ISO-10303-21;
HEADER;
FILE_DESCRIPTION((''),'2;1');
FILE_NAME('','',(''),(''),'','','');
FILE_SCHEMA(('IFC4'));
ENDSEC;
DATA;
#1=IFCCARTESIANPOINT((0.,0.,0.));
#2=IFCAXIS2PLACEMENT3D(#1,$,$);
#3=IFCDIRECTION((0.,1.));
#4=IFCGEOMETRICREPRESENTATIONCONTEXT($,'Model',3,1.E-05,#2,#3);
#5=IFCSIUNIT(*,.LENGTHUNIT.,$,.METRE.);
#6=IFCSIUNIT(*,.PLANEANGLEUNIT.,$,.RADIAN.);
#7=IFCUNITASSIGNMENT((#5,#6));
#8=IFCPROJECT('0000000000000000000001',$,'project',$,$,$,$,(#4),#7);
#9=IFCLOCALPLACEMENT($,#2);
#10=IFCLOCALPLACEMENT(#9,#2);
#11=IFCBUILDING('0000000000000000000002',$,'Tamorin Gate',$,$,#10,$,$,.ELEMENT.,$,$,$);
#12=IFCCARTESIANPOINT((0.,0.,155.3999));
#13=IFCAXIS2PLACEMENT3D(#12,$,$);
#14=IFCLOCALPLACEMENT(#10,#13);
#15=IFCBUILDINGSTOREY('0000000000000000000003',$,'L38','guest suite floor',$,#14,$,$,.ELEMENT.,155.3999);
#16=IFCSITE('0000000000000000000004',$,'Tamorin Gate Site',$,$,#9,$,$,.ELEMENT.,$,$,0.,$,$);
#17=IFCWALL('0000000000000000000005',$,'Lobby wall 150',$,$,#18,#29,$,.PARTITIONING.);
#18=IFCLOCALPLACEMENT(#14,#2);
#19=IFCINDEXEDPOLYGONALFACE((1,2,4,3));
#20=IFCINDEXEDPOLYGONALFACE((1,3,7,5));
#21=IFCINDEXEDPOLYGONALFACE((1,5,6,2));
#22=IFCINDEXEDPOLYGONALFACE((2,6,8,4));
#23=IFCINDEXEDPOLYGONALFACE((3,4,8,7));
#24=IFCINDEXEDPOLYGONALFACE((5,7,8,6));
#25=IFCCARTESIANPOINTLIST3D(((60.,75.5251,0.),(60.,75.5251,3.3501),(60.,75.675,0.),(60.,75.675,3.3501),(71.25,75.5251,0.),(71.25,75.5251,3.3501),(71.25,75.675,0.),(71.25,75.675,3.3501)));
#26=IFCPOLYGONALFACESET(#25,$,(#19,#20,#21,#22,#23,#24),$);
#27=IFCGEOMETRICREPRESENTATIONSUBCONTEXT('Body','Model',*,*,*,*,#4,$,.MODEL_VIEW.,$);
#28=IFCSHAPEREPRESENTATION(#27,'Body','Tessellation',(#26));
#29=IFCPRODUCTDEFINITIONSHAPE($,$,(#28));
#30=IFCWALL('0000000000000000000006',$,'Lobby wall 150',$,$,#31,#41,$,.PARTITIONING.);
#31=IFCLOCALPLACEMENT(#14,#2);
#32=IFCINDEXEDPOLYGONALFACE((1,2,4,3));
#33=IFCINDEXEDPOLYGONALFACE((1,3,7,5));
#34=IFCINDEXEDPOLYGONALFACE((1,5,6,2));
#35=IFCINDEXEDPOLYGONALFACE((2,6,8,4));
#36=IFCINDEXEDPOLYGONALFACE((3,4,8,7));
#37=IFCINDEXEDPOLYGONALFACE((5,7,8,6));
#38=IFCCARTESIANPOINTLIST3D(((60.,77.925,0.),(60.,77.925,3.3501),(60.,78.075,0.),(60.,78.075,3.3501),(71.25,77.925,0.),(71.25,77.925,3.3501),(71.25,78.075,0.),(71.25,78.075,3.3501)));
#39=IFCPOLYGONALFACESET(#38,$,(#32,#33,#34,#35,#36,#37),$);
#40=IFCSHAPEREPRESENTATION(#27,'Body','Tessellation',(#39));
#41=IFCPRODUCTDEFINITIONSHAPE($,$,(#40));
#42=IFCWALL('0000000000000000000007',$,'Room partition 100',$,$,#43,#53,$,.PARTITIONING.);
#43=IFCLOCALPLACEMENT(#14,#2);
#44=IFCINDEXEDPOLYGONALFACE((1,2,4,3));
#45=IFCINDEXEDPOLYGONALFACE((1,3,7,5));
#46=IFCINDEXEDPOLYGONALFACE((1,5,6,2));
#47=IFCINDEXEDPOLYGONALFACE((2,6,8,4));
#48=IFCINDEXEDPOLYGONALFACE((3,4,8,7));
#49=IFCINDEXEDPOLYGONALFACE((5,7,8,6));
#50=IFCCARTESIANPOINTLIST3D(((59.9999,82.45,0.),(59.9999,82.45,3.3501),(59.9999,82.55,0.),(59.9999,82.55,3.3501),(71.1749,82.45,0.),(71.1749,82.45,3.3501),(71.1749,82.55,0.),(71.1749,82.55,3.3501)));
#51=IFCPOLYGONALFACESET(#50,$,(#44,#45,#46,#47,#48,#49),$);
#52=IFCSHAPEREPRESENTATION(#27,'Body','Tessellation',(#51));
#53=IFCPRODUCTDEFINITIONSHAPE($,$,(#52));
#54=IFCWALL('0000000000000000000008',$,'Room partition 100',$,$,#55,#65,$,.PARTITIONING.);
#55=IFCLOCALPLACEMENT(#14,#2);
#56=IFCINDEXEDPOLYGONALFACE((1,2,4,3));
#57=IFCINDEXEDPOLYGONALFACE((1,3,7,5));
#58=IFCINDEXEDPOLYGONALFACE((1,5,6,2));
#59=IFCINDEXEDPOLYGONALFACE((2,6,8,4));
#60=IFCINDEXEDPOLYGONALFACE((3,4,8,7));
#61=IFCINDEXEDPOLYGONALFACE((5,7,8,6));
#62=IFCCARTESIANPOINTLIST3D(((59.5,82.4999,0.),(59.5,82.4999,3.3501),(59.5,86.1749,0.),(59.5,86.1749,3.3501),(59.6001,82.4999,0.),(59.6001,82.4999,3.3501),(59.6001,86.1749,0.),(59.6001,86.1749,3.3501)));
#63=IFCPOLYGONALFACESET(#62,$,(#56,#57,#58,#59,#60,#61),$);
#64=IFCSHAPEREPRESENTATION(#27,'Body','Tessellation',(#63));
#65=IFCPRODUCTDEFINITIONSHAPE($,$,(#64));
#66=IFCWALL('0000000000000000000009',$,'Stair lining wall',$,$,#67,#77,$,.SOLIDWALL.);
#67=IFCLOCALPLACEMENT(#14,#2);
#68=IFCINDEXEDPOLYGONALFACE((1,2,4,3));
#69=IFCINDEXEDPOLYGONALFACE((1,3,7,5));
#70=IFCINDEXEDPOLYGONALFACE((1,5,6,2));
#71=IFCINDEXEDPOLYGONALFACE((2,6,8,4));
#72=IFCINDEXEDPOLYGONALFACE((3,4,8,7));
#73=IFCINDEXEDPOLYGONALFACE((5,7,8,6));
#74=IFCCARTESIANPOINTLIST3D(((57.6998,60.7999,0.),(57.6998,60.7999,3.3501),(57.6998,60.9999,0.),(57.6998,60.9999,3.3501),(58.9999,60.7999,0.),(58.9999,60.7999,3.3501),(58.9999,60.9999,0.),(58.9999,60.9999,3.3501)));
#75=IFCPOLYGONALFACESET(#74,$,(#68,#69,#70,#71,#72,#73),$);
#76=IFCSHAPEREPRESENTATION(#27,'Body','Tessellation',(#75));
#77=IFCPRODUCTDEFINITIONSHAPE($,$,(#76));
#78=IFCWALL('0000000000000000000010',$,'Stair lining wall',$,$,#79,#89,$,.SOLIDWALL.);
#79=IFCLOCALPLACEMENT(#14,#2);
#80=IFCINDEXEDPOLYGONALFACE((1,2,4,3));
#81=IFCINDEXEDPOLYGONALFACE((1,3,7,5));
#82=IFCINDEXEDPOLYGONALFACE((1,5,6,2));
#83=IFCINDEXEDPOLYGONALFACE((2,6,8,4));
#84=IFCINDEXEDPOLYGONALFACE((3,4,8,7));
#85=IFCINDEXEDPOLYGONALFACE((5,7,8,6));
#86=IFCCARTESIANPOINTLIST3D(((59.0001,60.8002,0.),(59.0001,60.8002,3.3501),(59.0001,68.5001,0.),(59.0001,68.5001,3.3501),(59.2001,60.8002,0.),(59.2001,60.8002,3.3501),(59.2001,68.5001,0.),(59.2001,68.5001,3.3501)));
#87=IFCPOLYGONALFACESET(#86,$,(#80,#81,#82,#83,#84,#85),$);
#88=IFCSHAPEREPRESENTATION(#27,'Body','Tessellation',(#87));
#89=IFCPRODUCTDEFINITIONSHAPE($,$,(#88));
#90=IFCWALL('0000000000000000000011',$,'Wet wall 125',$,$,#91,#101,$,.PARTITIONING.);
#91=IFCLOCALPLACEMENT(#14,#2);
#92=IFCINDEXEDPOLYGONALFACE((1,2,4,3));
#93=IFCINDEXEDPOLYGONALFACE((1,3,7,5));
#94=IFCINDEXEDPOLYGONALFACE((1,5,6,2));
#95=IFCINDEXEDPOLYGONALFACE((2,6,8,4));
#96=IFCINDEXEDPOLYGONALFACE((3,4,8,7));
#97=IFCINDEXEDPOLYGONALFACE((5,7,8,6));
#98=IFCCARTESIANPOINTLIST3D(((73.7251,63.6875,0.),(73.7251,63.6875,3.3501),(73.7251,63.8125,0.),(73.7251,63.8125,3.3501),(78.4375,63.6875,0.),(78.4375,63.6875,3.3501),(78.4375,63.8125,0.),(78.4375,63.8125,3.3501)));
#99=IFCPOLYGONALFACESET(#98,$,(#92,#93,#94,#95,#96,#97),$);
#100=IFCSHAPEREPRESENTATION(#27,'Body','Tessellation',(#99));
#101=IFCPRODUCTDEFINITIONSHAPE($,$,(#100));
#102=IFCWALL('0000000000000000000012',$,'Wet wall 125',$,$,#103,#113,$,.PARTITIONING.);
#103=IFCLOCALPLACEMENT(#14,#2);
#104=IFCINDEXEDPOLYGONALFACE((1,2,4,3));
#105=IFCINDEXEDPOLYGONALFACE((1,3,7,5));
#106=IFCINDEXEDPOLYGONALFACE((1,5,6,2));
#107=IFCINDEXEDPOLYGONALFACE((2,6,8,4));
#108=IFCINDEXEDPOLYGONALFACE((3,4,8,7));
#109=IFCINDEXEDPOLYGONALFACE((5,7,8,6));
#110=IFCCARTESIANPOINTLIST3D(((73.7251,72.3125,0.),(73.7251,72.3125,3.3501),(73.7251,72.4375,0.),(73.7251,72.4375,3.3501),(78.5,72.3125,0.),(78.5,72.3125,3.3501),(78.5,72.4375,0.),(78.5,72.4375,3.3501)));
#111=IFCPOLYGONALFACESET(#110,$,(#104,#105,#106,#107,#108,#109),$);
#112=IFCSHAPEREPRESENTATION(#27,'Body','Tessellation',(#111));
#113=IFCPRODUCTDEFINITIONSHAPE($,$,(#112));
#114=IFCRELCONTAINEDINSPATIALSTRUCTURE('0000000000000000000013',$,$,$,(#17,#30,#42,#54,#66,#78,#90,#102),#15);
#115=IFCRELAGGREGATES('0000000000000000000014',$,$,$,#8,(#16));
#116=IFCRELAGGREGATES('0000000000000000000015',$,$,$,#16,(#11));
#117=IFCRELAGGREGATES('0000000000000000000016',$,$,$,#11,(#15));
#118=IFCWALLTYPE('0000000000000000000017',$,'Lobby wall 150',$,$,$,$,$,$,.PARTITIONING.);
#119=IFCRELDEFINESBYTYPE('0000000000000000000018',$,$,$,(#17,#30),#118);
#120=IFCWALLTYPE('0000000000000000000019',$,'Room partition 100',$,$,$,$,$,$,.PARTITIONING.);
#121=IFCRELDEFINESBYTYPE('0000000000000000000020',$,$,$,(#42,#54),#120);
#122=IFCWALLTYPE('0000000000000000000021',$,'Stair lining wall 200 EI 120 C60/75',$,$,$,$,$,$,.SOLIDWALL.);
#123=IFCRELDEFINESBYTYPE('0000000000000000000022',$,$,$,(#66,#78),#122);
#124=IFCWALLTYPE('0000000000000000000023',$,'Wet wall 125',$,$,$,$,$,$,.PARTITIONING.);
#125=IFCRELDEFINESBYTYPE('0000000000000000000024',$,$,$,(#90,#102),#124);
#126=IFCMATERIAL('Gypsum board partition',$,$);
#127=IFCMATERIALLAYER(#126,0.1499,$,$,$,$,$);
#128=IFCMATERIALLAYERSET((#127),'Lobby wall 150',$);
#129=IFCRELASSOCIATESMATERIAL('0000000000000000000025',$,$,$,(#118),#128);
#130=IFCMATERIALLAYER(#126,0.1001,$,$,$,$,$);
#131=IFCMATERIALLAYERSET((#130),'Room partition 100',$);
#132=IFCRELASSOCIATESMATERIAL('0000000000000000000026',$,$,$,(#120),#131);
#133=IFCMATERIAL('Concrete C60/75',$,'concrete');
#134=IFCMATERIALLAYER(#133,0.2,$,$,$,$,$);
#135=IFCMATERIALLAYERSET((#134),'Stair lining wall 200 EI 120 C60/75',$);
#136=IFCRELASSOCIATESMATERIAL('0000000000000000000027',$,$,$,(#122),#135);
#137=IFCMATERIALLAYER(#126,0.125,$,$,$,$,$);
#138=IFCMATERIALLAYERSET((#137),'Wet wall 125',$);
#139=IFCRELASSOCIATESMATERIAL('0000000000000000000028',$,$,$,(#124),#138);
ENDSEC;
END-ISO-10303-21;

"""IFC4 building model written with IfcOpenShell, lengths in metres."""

from ifc_helpers import new_model, si_unit, direction, frame, frame_2d, origin, place, context, subcontext, project, spatial, rectangle, extrude, material, layer, layer_set, type_object, element, save


model = new_model("IFC4")

# Units and contexts
model_context = context("Model", 3, precision=1e-05, world=origin(), true_north=direction((0.0, 1.0)))
body_context = subcontext(model_context, "Body", "Model", "MODEL_VIEW")
ifc_project = project(units=[si_unit("LENGTHUNIT", "METRE"), si_unit("PLANEANGLEUNIT", "RADIAN")], contexts=[model_context])

# Site, building, storey
site_placement = place(None, origin())
site = spatial("IfcSite", under=ifc_project, at=site_placement, Name="Tamorin Gate Site", CompositionType="ELEMENT", RefElevation=0.0)
building_placement = place(site_placement, origin())
building = spatial("IfcBuilding", under=site, at=building_placement, Name="Tamorin Gate", CompositionType="ELEMENT")
storey_placement = place(building_placement, frame((0.0, 0.0, 155.3999)))
storey = spatial("IfcBuildingStorey", under=building, at=storey_placement, Name="L38", Description="guest suite floor", CompositionType="ELEMENT", Elevation=155.3999)

# Shared definitions
ifc_material_1 = material(Name="Concrete C60/75", Category="concrete")

# Shared definitions
ifc_material_2 = material(Name="Gypsum board partition")

# Walls
ifc_layer_1 = layer(ifc_material_2, 0.1499)
ifc_layer_set_1 = layer_set([ifc_layer_1], Name="Lobby wall 150")
wall_type_1 = type_object("IfcWallType", Name="Lobby wall 150", PredefinedType="PARTITIONING", material=ifc_layer_set_1)
for number, where, z_axis, x_axis, name in (
    (1, (60.0, 75.6001, 0.0), (0.0, 0.0, 1.0), (1.0, 0.0, 0.0), "Lobby wall 150"),
    (2, (60.0, 78.0, 0.0), (0.0, 0.0, 1.0), (1.0, 0.0, 0.0), "Lobby wall 150"),
):
    element("IfcWall", number, at=place(storey_placement, frame(where, z_axis=z_axis, x_axis=x_axis)), inside=storey, type_object=wall_type_1, Name=name, PredefinedType="PARTITIONING", context=body_context, shape_type="SweptSolid", body=[
        extrude(rectangle(XDim=11.25, YDim=0.1499, at=frame_2d((5.625, 0.0))), origin(), (0.0, 0.0, 1.0), 3.3501),
    ])
ifc_layer_2 = layer(ifc_material_2, 0.1001)
ifc_layer_set_2 = layer_set([ifc_layer_2], Name="Room partition 100")
wall_type_2 = type_object("IfcWallType", Name="Room partition 100", PredefinedType="PARTITIONING", material=ifc_layer_set_2)
wall_1_placement = place(storey_placement, frame((60.0, 82.5, 0.0), z_axis=(0.0, 0.0, 1.0), x_axis=(1.0, 0.0, 0.0)))
element("IfcWall", 3, at=wall_1_placement, inside=storey, type_object=wall_type_2, Name="Room partition 100", PredefinedType="PARTITIONING", context=body_context, shape_type="SweptSolid", body=[
    extrude(rectangle(XDim=11.175, YDim=0.1001, at=frame_2d((5.5874, 0.0))), origin(), (0.0, 0.0, 1.0), 3.3501),
])
wall_2_placement = place(storey_placement, frame((59.55, 82.5, 0.0), z_axis=(0.0, 0.0, 1.0), x_axis=(0.0, 1.0, 0.0)))
element("IfcWall", 4, at=wall_2_placement, inside=storey, type_object=wall_type_2, Name="Room partition 100", PredefinedType="PARTITIONING", context=body_context, shape_type="SweptSolid", body=[
    extrude(rectangle(XDim=3.675, YDim=0.1001, at=frame_2d((1.8374, 0.0))), origin(), (0.0, 0.0, 1.0), 3.3501),
])
ifc_layer_3 = layer(ifc_material_1, 0.2)
ifc_layer_set_3 = layer_set([ifc_layer_3], Name="Stair lining wall 200 EI 120 C60/75")
wall_type_3 = type_object("IfcWallType", Name="Stair lining wall 200 EI 120 C60/75", PredefinedType="SOLIDWALL", material=ifc_layer_set_3)
wall_3_placement = place(storey_placement, frame((57.7, 60.8999, 0.0), z_axis=(0.0, 0.0, 1.0), x_axis=(1.0, 0.0, 0.0)))
element("IfcWall", 5, at=wall_3_placement, inside=storey, type_object=wall_type_3, Name="Stair lining wall", PredefinedType="SOLIDWALL", context=body_context, shape_type="SweptSolid", body=[
    extrude(rectangle(XDim=1.3, YDim=0.2, at=frame_2d((0.6499, 0.0))), origin(), (0.0, 0.0, 1.0), 3.3501),
])
wall_4_placement = place(storey_placement, frame((59.1001, 60.8, 0.0), z_axis=(0.0, 0.0, 1.0), x_axis=(0.0, 1.0, 0.0)))
element("IfcWall", 6, at=wall_4_placement, inside=storey, type_object=wall_type_3, Name="Stair lining wall", PredefinedType="SOLIDWALL", context=body_context, shape_type="SweptSolid", body=[
    extrude(rectangle(XDim=7.7, YDim=0.2, at=frame_2d((3.8501, 0.0))), origin(), (0.0, 0.0, 1.0), 3.3501),
])
ifc_layer_4 = layer(ifc_material_2, 0.125)
ifc_layer_set_4 = layer_set([ifc_layer_4], Name="Wet wall 125")
wall_type_4 = type_object("IfcWallType", Name="Wet wall 125", PredefinedType="PARTITIONING", material=ifc_layer_set_4)
wall_5_placement = place(storey_placement, frame((73.7251, 63.75, 0.0), z_axis=(0.0, 0.0, 1.0), x_axis=(1.0, 0.0, 0.0)))
element("IfcWall", 7, at=wall_5_placement, inside=storey, type_object=wall_type_4, Name="Wet wall 125", PredefinedType="PARTITIONING", context=body_context, shape_type="SweptSolid", body=[
    extrude(rectangle(XDim=4.7124, YDim=0.125, at=frame_2d((2.3562, 0.0))), origin(), (0.0, 0.0, 1.0), 3.3501),
])
wall_6_placement = place(storey_placement, frame((73.7251, 72.375, 0.0), z_axis=(0.0, 0.0, 1.0), x_axis=(1.0, 0.0, 0.0)))
element("IfcWall", 8, at=wall_6_placement, inside=storey, type_object=wall_type_4, Name="Wet wall 125", PredefinedType="PARTITIONING", context=body_context, shape_type="SweptSolid", body=[
    extrude(rectangle(XDim=4.7749, YDim=0.125, at=frame_2d((2.3875, 0.0))), origin(), (0.0, 0.0, 1.0), 3.3501),
])

save(model, "model.ifc")
